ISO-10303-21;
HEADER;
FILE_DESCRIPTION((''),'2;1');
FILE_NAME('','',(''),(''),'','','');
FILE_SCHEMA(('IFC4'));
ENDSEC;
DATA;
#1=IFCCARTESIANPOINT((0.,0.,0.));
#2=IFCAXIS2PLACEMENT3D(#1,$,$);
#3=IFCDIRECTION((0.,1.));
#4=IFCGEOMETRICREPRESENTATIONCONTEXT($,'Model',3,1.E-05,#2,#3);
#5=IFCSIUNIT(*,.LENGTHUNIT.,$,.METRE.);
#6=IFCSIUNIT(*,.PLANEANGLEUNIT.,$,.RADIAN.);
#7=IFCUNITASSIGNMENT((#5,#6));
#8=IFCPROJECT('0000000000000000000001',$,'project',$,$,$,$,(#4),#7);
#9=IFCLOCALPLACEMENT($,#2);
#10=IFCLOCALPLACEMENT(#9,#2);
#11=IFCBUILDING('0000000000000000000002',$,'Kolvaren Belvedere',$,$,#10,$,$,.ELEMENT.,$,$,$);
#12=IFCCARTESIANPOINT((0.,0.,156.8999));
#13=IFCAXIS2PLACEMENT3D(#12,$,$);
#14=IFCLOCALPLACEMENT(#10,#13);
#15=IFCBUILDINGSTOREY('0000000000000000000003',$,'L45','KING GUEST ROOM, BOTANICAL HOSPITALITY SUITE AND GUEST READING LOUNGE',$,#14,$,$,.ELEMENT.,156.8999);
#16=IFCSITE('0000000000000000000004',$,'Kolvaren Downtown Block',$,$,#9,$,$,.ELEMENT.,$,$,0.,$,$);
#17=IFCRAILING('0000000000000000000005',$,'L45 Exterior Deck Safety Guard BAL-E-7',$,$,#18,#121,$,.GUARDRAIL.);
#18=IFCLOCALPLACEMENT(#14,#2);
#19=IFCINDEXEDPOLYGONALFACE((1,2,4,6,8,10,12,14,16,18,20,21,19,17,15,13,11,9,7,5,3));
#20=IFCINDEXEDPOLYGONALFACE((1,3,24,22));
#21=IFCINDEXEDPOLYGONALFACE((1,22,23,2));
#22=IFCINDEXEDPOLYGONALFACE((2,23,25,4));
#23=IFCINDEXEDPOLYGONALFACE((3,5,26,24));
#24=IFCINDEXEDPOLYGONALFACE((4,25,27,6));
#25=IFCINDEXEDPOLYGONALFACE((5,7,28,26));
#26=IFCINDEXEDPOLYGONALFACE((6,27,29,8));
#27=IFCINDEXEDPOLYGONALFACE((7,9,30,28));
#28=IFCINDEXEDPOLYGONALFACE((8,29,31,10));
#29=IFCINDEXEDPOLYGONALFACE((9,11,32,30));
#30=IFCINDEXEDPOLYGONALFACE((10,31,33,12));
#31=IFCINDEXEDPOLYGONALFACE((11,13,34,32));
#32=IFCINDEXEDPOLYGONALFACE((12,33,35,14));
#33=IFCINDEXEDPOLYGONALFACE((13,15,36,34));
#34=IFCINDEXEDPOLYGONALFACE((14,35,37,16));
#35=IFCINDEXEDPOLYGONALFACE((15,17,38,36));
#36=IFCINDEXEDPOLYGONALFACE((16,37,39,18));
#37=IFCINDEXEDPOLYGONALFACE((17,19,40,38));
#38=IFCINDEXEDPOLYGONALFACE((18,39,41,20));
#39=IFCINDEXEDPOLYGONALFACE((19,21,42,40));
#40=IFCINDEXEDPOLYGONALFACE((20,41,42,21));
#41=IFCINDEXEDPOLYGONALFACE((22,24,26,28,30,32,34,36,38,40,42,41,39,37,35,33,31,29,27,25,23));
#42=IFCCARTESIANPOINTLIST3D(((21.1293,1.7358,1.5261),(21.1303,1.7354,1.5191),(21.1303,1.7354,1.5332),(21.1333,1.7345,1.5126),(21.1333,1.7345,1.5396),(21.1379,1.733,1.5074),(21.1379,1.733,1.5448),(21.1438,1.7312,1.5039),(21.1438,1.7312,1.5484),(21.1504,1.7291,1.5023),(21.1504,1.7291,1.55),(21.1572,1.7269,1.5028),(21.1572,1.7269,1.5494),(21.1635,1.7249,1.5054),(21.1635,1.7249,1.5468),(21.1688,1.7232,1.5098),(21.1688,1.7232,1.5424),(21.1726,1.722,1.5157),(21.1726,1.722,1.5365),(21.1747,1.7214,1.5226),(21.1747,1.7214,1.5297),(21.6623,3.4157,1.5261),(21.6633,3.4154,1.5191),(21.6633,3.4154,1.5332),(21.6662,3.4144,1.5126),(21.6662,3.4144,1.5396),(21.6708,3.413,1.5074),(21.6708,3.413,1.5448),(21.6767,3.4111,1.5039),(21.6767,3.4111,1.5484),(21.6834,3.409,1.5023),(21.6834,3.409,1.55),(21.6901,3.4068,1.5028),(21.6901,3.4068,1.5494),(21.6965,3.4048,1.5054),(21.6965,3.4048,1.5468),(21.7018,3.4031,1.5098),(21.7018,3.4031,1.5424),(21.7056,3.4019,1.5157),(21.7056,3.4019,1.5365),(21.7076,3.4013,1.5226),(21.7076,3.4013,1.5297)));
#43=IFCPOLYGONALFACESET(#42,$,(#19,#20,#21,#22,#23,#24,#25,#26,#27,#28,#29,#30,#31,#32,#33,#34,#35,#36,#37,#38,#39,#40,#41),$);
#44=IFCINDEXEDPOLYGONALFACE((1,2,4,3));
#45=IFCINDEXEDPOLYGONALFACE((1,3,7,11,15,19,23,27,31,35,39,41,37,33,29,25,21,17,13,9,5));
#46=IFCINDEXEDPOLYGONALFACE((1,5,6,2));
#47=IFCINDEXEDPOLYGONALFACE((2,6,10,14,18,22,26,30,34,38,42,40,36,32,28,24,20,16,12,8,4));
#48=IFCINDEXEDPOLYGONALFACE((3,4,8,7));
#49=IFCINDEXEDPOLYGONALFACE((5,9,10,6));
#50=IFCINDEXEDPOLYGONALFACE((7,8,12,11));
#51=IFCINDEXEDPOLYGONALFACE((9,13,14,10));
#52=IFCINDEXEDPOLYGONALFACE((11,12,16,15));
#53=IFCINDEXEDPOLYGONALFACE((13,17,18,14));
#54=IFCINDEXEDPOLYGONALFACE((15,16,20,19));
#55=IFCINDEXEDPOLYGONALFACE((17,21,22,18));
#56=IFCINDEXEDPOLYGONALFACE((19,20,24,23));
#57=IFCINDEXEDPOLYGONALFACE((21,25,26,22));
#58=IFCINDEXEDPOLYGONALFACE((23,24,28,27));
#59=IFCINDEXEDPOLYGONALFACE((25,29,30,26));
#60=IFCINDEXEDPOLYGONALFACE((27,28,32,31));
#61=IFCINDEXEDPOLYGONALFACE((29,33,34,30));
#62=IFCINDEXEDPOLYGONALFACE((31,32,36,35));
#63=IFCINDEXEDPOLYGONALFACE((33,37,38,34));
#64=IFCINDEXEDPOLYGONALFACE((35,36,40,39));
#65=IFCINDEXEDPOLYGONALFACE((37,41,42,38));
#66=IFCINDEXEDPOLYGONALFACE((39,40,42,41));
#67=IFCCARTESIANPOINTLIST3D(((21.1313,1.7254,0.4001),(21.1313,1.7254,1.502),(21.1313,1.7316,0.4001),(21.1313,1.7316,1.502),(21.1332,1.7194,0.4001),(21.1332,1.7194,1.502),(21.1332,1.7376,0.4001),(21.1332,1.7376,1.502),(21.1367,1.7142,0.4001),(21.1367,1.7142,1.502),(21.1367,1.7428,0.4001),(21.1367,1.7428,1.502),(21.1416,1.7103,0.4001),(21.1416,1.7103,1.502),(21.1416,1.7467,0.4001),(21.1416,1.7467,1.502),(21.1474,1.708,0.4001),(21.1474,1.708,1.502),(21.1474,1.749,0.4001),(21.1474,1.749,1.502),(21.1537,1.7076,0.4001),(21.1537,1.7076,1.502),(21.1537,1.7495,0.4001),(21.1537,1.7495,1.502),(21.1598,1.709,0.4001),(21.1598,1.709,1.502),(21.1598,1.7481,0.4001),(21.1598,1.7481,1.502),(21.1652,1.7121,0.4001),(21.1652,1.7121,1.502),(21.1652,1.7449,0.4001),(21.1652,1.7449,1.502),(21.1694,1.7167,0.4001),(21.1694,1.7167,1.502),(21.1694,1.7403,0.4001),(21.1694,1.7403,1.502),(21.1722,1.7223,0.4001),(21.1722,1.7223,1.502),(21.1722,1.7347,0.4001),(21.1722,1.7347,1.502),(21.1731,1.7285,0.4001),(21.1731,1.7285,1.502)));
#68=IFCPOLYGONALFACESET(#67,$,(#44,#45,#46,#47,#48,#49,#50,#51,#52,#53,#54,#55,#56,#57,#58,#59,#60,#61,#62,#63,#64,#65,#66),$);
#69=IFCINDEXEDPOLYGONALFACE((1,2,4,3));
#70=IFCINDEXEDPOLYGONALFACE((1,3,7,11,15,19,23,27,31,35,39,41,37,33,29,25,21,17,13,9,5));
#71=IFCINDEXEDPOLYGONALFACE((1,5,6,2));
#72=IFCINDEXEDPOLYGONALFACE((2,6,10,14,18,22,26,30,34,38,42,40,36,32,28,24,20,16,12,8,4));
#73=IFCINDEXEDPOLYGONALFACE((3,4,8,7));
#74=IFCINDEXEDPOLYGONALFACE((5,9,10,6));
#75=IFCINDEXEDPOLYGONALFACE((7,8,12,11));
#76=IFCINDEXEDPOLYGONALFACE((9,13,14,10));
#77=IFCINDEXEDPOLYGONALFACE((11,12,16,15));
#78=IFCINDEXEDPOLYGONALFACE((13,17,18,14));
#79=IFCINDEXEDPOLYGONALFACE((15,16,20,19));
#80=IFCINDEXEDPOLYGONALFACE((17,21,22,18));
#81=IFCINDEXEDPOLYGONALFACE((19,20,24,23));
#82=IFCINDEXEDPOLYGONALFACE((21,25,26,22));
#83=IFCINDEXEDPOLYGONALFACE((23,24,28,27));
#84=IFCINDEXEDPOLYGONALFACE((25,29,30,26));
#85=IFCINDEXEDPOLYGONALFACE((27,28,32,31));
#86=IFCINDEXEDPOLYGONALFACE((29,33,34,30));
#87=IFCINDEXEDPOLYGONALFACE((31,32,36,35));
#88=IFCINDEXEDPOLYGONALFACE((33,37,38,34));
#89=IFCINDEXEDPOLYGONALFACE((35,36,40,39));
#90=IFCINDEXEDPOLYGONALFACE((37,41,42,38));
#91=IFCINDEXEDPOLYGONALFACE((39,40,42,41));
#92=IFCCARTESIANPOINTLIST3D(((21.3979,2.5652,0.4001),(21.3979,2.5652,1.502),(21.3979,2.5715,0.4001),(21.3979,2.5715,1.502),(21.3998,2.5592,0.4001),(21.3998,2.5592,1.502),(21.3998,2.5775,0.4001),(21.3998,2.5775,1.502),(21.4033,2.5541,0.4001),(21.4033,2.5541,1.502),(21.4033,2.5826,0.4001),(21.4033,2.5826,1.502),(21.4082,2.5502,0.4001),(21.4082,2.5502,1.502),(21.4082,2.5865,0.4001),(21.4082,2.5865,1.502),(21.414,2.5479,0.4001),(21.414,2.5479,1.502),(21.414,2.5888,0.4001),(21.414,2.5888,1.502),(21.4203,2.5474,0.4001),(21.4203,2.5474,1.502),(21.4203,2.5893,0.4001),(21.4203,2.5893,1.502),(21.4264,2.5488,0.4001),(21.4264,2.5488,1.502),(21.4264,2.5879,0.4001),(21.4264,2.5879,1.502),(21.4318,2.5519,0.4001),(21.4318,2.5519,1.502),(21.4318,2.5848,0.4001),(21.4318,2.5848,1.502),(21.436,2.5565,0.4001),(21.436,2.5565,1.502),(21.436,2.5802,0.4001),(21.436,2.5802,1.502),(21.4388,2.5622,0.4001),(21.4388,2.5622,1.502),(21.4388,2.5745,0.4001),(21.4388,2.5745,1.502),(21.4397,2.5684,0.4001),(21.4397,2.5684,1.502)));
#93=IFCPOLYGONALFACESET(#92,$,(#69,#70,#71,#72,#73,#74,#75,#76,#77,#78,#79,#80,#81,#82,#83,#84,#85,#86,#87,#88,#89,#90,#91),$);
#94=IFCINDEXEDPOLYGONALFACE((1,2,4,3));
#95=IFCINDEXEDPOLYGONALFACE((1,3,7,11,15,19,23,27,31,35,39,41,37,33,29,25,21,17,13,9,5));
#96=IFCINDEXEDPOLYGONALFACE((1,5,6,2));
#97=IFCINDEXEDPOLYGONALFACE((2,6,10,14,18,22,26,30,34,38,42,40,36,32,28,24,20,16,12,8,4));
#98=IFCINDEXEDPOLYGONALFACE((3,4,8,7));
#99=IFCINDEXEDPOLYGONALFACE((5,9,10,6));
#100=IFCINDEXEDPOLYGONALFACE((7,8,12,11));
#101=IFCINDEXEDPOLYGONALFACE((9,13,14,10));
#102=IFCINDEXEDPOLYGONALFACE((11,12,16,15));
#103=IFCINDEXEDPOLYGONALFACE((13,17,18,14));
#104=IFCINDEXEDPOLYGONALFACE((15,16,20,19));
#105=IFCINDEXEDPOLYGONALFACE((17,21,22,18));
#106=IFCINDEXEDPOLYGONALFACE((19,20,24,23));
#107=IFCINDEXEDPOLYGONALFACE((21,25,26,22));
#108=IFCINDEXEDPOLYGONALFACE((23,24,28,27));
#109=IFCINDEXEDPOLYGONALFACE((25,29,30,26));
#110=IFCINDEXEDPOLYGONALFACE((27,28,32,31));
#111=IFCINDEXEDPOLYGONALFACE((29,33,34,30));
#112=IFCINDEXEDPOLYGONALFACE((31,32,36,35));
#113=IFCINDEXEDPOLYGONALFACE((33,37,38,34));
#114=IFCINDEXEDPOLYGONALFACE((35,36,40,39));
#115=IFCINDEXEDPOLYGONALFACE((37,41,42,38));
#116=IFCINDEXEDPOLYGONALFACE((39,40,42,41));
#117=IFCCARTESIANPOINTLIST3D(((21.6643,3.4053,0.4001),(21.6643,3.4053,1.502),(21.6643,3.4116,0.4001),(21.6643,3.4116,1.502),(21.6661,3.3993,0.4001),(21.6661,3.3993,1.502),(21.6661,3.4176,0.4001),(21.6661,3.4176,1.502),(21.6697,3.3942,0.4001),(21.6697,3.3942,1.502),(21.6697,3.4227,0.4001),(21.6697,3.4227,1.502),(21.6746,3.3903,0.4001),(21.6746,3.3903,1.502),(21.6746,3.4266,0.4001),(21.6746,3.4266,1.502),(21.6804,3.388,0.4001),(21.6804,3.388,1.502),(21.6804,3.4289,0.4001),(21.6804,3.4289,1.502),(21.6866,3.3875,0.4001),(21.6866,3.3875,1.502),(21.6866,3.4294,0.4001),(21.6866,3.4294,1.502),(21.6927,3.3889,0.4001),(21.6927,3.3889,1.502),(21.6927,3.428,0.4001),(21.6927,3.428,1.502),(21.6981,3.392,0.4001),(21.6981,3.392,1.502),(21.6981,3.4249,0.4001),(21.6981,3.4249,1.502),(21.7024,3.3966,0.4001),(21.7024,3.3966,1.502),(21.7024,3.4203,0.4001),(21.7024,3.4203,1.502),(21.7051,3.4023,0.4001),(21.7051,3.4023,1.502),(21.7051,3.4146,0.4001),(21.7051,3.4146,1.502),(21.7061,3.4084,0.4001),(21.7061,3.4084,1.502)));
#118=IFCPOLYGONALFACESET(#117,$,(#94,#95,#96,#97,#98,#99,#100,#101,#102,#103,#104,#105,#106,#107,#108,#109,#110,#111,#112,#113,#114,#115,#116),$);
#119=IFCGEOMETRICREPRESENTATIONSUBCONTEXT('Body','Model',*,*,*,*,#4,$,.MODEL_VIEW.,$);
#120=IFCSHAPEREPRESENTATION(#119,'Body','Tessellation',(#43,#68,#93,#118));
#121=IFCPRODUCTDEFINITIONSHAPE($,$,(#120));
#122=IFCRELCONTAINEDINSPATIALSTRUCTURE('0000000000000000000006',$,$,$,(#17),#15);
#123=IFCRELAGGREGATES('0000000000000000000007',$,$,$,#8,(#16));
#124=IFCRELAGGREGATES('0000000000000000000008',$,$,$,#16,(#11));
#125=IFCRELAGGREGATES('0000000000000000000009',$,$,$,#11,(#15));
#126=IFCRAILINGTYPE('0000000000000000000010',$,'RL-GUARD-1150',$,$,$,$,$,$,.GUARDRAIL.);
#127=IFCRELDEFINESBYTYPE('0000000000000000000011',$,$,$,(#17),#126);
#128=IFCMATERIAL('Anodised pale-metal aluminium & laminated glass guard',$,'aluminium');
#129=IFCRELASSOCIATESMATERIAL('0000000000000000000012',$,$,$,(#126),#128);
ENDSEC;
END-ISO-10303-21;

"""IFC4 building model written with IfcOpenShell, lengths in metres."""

from ifc_helpers import new_model, si_unit, direction, frame, origin, origin_2d, place, context, subcontext, project, spatial, circle, extrude, material, type_object, element, save


model = new_model("IFC4")

# Units and contexts
model_context = context("Model", 3, precision=1e-05, world=origin(), true_north=direction((0.0, 1.0)))
body_context = subcontext(model_context, "Body", "Model", "MODEL_VIEW")
ifc_project = project(units=[si_unit("LENGTHUNIT", "METRE"), si_unit("PLANEANGLEUNIT", "RADIAN")], contexts=[model_context])

# Site, building, storey
site_placement = place(None, origin())
site = spatial("IfcSite", under=ifc_project, at=site_placement, Name="Kolvaren Downtown Block", CompositionType="ELEMENT", RefElevation=0.0)
building_placement = place(site_placement, origin())
building = spatial("IfcBuilding", under=site, at=building_placement, Name="Kolvaren Belvedere", CompositionType="ELEMENT")
storey_placement = place(building_placement, frame((0.0, 0.0, 156.8999)))
storey = spatial("IfcBuildingStorey", under=building, at=storey_placement, Name="L45", Description="KING GUEST ROOM, BOTANICAL HOSPITALITY SUITE AND GUEST READING LOUNGE", CompositionType="ELEMENT", Elevation=156.8999)

# Railing
ifc_material_1 = material(Name="Anodised pale-metal aluminium & laminated glass guard", Category="aluminium")
railing_type = type_object("IfcRailingType", Name="RL-GUARD-1150", PredefinedType="GUARDRAIL", material=ifc_material_1)
railing_1_placement = place(storey_placement, frame((21.1521, 1.7285, 0.4001)))
element("IfcRailing", 1, at=railing_1_placement, inside=storey, type_object=railing_type, Name="L45 Exterior Deck Safety Guard BAL-E-7", PredefinedType="GUARDRAIL", context=body_context, shape_type="SweptSolid", body=[
    extrude(circle(Radius=0.0239, at=origin_2d()), frame((0.0, 0.0, 1.126), z_axis=(0.302397, 0.953182, 0.0), x_axis=(-0.953182, 0.302397, 0.0)), (0.0, 0.0, 1.0), 1.7625),
    extrude(circle(Radius=0.021, at=origin_2d()), origin(), (0.0, 0.0, 1.0), 1.1018),
    extrude(circle(Radius=0.021, at=origin_2d()), frame((0.2666, 0.8398, 0.0)), (0.0, 0.0, 1.0), 1.1018),
    extrude(circle(Radius=0.021, at=origin_2d()), frame((0.533, 1.6799, 0.0)), (0.0, 0.0, 1.0), 1.1018),
])

save(model, "model.ifc")
